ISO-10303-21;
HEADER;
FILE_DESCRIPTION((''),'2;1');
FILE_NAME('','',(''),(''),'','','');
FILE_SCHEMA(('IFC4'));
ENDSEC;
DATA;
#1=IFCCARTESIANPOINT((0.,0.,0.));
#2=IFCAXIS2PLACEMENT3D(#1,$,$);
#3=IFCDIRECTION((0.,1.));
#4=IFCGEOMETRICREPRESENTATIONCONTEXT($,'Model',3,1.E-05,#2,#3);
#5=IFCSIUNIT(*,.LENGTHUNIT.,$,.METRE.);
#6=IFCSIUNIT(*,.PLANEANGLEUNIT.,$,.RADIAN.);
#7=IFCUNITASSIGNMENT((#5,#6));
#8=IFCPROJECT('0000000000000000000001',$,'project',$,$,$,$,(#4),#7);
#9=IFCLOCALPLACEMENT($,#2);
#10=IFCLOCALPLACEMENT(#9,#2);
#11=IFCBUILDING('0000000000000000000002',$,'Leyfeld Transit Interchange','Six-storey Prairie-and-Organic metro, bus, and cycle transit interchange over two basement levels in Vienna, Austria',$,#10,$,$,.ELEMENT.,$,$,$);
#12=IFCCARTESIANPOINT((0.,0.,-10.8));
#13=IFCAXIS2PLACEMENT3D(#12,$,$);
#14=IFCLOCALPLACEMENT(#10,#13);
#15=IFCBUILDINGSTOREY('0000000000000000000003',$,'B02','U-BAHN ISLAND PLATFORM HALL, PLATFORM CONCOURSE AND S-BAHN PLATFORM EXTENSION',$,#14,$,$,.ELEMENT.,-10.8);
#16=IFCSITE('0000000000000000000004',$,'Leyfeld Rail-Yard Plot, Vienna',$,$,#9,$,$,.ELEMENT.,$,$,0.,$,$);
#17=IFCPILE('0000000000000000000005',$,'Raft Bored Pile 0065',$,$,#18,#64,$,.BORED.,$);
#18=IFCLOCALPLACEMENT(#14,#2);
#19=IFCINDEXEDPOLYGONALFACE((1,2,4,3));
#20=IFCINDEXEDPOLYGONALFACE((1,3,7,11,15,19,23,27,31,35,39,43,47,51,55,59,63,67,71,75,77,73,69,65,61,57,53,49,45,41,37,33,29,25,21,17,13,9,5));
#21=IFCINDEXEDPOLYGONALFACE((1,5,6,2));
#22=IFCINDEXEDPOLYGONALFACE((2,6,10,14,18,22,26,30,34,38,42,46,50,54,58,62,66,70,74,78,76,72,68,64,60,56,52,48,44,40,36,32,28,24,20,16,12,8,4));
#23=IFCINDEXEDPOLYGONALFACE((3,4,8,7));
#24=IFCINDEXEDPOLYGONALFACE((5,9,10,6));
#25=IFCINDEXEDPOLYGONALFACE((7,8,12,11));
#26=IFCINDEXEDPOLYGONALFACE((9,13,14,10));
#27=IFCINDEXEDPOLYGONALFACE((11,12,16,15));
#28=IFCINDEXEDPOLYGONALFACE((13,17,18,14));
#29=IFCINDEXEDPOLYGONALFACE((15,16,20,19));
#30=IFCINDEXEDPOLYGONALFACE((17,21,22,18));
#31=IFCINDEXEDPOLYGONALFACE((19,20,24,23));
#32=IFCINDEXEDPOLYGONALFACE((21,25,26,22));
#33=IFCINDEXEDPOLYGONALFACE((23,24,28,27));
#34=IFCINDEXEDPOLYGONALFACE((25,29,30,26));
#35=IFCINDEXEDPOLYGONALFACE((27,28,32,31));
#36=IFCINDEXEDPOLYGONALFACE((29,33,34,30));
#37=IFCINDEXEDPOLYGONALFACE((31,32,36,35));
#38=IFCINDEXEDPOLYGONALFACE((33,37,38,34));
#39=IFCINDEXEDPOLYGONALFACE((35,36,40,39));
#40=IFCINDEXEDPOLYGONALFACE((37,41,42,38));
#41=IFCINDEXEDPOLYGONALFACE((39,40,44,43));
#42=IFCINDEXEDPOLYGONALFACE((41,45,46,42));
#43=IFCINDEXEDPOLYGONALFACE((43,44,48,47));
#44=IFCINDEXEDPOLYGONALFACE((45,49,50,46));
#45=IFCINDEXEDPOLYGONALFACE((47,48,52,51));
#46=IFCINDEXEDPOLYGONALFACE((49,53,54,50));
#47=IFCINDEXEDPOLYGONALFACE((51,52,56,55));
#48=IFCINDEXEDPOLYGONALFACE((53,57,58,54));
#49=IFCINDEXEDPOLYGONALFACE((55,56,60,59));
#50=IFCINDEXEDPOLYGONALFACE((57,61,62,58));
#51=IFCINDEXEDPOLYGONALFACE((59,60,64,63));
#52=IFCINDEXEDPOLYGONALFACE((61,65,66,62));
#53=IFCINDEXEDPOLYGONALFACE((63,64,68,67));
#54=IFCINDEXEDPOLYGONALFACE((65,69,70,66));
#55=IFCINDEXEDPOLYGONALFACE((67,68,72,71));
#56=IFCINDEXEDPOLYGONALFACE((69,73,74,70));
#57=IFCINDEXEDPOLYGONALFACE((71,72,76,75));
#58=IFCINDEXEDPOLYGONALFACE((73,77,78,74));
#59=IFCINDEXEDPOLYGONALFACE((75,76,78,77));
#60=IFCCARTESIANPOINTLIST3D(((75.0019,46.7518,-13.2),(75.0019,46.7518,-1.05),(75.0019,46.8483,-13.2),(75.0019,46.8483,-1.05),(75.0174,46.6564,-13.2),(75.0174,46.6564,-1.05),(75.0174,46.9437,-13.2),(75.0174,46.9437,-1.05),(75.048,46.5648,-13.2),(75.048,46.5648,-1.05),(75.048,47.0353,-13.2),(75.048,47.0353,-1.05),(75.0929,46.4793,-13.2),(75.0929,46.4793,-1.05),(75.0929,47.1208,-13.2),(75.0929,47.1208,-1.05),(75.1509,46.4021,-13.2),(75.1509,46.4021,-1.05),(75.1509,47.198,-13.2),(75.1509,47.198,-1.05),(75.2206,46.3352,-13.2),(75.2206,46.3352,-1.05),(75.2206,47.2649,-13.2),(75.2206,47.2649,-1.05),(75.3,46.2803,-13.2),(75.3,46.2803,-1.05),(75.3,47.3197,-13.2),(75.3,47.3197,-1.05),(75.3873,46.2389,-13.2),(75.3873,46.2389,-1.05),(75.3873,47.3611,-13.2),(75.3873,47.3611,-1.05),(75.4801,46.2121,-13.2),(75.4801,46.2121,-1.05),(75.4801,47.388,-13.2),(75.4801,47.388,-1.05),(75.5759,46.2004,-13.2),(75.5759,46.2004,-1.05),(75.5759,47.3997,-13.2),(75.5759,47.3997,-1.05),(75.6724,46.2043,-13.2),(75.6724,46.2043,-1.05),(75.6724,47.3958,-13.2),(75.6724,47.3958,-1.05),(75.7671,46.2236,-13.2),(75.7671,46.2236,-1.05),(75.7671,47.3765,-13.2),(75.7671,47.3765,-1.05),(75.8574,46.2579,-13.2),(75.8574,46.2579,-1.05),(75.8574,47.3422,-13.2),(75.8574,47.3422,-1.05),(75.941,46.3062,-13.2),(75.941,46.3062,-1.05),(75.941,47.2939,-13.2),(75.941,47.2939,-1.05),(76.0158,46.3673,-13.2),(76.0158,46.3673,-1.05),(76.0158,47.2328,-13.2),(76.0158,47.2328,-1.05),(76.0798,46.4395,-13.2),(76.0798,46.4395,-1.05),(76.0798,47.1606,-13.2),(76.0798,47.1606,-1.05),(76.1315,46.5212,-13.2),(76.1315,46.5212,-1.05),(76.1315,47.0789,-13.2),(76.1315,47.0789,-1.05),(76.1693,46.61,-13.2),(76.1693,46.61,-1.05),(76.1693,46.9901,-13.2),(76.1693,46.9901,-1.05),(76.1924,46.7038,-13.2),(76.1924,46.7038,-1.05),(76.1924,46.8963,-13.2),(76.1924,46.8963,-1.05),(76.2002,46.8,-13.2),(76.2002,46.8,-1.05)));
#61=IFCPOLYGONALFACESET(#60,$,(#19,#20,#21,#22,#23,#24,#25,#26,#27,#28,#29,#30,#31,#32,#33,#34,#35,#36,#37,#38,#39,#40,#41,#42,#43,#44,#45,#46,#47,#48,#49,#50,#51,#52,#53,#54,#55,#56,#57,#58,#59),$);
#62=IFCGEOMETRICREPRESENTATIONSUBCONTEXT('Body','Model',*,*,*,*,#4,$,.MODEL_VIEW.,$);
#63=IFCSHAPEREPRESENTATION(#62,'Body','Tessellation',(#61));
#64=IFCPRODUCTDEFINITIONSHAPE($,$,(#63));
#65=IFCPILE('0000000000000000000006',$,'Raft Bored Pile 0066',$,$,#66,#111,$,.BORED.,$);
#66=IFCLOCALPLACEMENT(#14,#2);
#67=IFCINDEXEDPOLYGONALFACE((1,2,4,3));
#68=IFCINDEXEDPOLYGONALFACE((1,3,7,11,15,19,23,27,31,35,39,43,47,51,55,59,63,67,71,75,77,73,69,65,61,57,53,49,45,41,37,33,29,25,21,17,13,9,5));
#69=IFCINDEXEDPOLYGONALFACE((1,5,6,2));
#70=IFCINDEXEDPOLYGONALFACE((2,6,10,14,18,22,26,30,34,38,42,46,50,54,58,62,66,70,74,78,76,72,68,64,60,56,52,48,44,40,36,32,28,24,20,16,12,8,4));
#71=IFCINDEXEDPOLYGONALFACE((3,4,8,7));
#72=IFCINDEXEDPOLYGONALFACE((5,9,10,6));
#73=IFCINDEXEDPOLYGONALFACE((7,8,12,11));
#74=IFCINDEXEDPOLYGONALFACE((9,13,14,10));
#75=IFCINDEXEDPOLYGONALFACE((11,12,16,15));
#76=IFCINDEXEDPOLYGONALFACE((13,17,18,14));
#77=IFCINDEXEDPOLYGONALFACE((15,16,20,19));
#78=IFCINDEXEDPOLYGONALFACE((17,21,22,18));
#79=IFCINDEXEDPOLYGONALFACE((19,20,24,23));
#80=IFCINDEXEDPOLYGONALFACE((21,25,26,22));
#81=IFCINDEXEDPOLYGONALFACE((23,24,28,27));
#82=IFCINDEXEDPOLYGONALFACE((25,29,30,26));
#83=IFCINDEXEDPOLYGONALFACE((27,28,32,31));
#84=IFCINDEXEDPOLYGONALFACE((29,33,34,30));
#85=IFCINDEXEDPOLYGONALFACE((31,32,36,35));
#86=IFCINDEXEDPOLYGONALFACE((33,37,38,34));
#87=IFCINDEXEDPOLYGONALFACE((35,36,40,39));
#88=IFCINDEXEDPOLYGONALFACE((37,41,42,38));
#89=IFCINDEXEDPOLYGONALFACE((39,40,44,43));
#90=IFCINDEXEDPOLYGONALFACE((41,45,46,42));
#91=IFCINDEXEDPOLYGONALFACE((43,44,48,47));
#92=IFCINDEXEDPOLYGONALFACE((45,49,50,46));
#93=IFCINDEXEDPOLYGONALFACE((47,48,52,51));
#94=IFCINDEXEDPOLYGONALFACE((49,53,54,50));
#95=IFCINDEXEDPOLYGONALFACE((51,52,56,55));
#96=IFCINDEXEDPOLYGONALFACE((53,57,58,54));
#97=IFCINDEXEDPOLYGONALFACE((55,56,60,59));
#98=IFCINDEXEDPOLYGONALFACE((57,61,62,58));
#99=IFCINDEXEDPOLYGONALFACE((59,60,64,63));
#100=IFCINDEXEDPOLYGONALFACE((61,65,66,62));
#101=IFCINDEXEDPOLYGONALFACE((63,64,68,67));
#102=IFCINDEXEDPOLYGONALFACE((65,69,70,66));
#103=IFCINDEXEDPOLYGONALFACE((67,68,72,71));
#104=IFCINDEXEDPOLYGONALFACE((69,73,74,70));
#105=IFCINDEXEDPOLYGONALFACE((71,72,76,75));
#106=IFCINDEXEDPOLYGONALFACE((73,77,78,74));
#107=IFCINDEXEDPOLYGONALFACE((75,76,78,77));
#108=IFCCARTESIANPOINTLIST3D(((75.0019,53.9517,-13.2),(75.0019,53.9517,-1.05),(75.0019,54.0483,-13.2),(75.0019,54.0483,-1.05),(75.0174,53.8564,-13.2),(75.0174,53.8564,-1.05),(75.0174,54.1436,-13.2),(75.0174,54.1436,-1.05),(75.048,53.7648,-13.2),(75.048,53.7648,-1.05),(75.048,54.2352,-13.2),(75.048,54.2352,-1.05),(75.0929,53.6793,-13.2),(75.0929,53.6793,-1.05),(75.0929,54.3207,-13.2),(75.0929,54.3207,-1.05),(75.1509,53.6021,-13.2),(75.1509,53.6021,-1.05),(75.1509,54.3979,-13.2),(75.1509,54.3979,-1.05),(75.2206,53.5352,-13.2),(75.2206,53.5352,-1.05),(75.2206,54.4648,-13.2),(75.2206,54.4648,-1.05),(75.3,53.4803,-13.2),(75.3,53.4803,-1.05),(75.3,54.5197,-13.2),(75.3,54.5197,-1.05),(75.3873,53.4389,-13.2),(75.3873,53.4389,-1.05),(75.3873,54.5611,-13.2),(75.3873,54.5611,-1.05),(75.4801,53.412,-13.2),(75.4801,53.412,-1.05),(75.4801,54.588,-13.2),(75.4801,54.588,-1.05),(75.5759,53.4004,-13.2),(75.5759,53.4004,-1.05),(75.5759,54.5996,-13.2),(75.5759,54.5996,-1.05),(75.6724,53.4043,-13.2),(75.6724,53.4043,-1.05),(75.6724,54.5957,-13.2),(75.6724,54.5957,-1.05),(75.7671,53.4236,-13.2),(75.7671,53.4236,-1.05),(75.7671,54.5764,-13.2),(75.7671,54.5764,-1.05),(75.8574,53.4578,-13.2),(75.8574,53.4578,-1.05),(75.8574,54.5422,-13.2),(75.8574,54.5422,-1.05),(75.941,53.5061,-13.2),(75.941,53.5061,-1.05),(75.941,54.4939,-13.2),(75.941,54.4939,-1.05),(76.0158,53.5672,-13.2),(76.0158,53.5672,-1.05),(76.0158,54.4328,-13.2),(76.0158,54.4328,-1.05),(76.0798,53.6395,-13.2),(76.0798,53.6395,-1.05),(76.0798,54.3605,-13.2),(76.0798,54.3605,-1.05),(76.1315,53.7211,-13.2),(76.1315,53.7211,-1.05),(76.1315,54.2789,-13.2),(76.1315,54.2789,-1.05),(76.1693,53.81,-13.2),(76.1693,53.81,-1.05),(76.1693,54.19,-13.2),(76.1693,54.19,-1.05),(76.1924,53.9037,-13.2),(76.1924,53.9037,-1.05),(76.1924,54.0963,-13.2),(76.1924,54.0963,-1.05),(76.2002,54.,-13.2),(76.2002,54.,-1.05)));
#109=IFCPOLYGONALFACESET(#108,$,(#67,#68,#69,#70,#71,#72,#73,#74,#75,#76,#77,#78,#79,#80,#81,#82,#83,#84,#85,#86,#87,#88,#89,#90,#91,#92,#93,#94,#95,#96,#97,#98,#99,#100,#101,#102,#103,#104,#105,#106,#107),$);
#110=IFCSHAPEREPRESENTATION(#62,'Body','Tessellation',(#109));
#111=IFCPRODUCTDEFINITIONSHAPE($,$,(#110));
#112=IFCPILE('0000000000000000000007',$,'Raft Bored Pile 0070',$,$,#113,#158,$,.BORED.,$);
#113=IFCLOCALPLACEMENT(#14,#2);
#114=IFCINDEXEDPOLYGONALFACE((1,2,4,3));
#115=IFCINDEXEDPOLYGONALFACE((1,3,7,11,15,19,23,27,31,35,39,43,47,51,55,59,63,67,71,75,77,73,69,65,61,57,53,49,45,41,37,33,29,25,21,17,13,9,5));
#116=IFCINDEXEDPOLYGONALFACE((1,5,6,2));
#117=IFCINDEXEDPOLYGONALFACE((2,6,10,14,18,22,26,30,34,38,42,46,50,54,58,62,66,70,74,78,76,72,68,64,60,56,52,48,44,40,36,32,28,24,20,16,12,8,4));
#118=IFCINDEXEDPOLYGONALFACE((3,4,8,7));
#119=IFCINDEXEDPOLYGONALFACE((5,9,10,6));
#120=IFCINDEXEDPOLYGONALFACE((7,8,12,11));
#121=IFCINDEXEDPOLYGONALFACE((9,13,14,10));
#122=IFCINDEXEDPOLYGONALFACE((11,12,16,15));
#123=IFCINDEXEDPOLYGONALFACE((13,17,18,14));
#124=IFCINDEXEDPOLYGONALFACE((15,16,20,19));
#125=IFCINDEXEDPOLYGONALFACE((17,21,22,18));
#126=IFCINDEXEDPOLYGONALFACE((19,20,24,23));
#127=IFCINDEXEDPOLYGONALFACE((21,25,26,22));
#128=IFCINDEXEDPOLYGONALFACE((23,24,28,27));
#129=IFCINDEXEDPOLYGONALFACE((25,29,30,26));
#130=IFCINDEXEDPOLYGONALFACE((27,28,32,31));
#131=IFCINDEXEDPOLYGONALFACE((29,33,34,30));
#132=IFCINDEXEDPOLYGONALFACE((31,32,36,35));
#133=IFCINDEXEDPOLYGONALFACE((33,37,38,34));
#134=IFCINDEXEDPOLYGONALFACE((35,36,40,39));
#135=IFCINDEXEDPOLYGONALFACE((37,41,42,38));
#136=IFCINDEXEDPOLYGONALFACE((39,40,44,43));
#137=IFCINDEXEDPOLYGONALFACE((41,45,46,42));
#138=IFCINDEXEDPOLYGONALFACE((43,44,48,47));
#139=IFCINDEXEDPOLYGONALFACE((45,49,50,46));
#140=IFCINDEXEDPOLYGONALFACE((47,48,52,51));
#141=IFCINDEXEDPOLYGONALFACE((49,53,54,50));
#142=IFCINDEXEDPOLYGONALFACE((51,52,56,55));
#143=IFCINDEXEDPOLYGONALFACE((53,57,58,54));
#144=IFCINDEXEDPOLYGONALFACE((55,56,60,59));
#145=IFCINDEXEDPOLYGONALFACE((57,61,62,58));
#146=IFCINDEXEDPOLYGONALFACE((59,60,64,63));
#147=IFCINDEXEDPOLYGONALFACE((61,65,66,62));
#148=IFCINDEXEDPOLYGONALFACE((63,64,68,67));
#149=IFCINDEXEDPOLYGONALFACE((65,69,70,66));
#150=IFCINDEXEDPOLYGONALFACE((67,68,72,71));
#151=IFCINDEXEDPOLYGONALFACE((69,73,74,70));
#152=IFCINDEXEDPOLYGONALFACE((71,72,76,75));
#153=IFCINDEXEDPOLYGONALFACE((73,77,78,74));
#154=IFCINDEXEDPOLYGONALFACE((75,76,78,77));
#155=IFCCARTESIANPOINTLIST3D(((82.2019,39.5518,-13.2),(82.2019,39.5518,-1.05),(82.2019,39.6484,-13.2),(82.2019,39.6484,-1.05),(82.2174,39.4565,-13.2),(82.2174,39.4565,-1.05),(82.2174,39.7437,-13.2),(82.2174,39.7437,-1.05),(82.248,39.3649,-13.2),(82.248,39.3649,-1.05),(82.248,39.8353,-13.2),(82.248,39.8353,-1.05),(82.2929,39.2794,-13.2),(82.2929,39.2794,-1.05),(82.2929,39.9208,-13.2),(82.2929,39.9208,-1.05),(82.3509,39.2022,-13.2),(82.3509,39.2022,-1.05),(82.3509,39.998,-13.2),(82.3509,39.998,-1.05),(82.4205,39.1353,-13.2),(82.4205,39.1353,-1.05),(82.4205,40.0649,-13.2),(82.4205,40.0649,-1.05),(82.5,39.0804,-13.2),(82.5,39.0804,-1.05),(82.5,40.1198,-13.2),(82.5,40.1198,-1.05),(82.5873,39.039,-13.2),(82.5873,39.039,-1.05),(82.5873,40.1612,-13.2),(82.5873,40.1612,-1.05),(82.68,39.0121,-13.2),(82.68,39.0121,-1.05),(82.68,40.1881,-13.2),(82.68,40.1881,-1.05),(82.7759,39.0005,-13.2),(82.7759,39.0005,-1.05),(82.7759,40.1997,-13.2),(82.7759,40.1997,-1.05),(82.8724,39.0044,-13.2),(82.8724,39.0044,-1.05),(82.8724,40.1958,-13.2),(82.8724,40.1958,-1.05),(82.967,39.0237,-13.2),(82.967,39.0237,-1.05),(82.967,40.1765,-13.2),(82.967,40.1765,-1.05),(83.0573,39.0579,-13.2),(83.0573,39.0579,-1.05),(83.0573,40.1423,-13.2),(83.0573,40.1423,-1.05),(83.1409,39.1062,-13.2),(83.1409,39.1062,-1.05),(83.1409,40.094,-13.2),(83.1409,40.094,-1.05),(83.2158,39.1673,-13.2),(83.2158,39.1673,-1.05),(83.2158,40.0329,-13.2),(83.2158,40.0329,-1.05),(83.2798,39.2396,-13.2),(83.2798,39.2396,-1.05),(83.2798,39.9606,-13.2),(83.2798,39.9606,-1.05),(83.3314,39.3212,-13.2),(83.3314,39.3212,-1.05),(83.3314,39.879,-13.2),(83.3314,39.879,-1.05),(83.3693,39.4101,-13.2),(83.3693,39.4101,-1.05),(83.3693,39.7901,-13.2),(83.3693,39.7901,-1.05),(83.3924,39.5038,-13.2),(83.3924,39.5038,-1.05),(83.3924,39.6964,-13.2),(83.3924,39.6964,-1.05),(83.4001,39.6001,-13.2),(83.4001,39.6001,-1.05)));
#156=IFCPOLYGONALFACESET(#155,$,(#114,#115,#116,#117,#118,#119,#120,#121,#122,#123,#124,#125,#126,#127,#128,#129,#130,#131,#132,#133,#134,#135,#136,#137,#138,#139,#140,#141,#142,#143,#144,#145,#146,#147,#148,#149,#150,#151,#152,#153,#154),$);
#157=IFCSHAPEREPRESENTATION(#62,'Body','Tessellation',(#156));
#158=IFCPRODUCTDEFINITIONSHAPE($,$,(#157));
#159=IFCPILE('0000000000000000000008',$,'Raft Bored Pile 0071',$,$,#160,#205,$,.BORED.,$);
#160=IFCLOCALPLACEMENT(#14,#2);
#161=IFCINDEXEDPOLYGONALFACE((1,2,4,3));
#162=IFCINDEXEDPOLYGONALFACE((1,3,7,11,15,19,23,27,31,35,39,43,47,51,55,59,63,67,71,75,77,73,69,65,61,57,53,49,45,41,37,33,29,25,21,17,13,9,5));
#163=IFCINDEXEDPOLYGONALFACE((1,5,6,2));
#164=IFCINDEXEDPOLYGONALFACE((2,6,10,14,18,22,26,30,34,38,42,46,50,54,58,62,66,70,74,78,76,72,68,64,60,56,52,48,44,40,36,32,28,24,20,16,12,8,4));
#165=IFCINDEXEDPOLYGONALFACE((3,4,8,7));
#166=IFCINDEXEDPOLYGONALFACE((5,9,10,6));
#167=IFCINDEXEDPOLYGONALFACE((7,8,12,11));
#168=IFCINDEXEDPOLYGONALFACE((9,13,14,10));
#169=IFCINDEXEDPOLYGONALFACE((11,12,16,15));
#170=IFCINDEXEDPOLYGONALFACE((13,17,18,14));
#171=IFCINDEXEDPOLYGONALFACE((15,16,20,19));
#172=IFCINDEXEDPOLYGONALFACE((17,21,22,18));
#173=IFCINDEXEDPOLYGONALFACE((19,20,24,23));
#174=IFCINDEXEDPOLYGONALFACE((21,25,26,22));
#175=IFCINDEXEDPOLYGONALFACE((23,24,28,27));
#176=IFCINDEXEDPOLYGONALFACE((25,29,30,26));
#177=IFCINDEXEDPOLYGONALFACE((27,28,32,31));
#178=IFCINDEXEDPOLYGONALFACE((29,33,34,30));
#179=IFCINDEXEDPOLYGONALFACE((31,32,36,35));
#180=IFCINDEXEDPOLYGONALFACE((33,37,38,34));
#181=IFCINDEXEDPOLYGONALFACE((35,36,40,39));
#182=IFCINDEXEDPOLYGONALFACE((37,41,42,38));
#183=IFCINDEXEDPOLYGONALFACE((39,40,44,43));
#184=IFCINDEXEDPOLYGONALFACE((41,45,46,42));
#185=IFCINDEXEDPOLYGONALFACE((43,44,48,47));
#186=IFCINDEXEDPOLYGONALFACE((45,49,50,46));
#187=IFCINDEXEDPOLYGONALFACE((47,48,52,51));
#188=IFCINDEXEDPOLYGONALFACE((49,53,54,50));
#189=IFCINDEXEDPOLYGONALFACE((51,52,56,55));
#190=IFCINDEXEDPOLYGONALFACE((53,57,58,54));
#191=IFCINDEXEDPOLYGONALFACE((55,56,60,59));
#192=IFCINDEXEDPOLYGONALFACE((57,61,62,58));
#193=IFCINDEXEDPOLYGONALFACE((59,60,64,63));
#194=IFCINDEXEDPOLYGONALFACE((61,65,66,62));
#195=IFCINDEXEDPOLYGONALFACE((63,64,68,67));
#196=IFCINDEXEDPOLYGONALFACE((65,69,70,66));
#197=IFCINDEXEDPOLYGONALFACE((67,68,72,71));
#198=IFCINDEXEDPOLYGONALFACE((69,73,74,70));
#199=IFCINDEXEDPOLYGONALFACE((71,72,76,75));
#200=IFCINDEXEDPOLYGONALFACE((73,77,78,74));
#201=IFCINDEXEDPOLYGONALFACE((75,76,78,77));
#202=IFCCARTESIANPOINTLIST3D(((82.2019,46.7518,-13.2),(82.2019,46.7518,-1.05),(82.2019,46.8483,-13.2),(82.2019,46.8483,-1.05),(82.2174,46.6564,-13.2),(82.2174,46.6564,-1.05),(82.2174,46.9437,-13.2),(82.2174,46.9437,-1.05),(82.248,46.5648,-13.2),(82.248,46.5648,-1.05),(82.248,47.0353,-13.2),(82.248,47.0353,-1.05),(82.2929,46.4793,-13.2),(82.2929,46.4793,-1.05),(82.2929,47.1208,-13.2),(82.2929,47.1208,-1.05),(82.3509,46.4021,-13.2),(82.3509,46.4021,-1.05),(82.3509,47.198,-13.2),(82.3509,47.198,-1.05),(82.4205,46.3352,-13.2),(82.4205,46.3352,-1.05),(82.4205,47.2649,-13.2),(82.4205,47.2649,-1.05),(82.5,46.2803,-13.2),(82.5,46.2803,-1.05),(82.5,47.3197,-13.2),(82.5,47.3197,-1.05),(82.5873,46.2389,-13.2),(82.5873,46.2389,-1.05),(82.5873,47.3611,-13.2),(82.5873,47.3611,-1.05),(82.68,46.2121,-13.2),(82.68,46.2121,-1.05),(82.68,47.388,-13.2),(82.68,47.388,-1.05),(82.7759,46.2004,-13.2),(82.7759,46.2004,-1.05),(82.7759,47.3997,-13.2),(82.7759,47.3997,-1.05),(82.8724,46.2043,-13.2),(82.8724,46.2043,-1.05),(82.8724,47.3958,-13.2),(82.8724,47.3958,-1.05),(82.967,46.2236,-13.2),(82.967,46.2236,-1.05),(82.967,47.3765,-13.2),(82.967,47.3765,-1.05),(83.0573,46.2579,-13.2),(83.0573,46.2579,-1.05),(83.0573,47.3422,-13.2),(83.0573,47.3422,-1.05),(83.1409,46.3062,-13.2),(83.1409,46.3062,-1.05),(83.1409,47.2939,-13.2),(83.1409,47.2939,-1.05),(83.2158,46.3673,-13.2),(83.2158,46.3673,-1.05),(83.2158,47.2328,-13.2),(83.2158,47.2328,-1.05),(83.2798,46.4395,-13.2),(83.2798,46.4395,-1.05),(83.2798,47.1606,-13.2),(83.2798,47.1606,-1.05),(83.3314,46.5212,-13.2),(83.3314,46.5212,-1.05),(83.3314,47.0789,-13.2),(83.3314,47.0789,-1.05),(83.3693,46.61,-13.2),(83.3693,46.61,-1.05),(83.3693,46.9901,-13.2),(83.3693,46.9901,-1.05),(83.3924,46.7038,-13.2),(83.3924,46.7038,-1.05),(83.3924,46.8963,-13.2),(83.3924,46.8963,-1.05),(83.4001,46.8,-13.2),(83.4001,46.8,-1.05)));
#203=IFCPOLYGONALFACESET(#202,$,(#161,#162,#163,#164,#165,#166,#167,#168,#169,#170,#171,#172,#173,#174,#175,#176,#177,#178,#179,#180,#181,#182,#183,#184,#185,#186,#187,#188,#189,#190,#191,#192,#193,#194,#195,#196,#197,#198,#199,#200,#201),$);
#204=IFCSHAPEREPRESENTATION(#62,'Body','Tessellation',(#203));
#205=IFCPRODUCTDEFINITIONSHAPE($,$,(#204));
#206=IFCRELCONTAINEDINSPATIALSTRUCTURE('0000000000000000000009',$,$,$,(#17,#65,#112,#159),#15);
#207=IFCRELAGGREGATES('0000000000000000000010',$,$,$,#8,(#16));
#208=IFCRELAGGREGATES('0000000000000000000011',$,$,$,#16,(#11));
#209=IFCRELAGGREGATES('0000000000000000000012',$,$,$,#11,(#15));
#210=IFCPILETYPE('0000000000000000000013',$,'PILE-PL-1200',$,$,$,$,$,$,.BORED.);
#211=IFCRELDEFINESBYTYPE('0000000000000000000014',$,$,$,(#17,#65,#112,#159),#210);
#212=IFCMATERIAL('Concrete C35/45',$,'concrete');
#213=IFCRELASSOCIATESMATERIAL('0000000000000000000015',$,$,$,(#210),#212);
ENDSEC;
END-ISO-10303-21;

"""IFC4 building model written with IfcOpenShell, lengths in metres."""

from ifc_helpers import new_model, si_unit, direction, frame, origin, origin_2d, place, context, subcontext, project, spatial, circle, extrude, material, material_profile, profile_set, type_object, element, save


model = new_model("IFC4")

# Units and contexts
model_context = context("Model", 3, precision=1e-05, world=origin(), true_north=direction((0.0, 1.0)))
body_context = subcontext(model_context, "Body", "Model", "MODEL_VIEW")
ifc_project = project(units=[si_unit("LENGTHUNIT", "METRE"), si_unit("PLANEANGLEUNIT", "RADIAN")], contexts=[model_context])

# Site, building, storey
site_placement = place(None, origin())
site = spatial("IfcSite", under=ifc_project, at=site_placement, Name="Leyfeld Rail-Yard Plot, Vienna", CompositionType="ELEMENT", RefElevation=0.0)
building_placement = place(site_placement, origin())
building = spatial("IfcBuilding", under=site, at=building_placement, Name="Leyfeld Transit Interchange", Description="Six-storey Prairie-and-Organic metro, bus, and cycle transit interchange over two basement levels in Vienna, Austria", CompositionType="ELEMENT")
storey_placement = place(building_placement, frame((0.0, 0.0, -10.8)))
storey = spatial("IfcBuildingStorey", under=building, at=storey_placement, Name="B02", Description="U-BAHN ISLAND PLATFORM HALL, PLATFORM CONCOURSE AND S-BAHN PLATFORM EXTENSION", CompositionType="ELEMENT", Elevation=-10.8)

# Piles
ifc_material = material(Name="Concrete C35/45", Category="concrete")
ifc_material_profile_1 = material_profile(ifc_material, circle(Radius=0.6001, at=origin_2d()), Name="PILE D1200")
ifc_profile_set_1 = profile_set([ifc_material_profile_1], Name="Concrete C35/45")
pile_type = type_object("IfcPileType", Name="PILE-PL-1200", PredefinedType="BORED", material=ifc_profile_set_1)
for number, where, z_axis, x_axis, name in (
    (1, (75.6001, 46.8, -1.05), (0.0, 0.0, -1.0), (1.0, 0.0, 0.0), "Raft Bored Pile 0065"),
    (2, (75.6001, 54.0, -1.05), (0.0, 0.0, -1.0), (1.0, 0.0, 0.0), "Raft Bored Pile 0066"),
    (3, (82.8, 39.6001, -1.05), (0.0, 0.0, -1.0), (1.0, 0.0, 0.0), "Raft Bored Pile 0070"),
    (4, (82.8, 46.8, -1.05), (0.0, 0.0, -1.0), (1.0, 0.0, 0.0), "Raft Bored Pile 0071"),
):
    element("IfcPile", number, at=place(storey_placement, frame(where, z_axis=z_axis, x_axis=x_axis)), inside=storey, type_object=pile_type, Name=name, PredefinedType="BORED", context=body_context, shape_type="SweptSolid", body=[
        extrude(circle(Radius=0.6001, at=origin_2d()), origin(), (0.0, 0.0, 1.0), 12.1499),
    ])

save(model, "model.ifc")
